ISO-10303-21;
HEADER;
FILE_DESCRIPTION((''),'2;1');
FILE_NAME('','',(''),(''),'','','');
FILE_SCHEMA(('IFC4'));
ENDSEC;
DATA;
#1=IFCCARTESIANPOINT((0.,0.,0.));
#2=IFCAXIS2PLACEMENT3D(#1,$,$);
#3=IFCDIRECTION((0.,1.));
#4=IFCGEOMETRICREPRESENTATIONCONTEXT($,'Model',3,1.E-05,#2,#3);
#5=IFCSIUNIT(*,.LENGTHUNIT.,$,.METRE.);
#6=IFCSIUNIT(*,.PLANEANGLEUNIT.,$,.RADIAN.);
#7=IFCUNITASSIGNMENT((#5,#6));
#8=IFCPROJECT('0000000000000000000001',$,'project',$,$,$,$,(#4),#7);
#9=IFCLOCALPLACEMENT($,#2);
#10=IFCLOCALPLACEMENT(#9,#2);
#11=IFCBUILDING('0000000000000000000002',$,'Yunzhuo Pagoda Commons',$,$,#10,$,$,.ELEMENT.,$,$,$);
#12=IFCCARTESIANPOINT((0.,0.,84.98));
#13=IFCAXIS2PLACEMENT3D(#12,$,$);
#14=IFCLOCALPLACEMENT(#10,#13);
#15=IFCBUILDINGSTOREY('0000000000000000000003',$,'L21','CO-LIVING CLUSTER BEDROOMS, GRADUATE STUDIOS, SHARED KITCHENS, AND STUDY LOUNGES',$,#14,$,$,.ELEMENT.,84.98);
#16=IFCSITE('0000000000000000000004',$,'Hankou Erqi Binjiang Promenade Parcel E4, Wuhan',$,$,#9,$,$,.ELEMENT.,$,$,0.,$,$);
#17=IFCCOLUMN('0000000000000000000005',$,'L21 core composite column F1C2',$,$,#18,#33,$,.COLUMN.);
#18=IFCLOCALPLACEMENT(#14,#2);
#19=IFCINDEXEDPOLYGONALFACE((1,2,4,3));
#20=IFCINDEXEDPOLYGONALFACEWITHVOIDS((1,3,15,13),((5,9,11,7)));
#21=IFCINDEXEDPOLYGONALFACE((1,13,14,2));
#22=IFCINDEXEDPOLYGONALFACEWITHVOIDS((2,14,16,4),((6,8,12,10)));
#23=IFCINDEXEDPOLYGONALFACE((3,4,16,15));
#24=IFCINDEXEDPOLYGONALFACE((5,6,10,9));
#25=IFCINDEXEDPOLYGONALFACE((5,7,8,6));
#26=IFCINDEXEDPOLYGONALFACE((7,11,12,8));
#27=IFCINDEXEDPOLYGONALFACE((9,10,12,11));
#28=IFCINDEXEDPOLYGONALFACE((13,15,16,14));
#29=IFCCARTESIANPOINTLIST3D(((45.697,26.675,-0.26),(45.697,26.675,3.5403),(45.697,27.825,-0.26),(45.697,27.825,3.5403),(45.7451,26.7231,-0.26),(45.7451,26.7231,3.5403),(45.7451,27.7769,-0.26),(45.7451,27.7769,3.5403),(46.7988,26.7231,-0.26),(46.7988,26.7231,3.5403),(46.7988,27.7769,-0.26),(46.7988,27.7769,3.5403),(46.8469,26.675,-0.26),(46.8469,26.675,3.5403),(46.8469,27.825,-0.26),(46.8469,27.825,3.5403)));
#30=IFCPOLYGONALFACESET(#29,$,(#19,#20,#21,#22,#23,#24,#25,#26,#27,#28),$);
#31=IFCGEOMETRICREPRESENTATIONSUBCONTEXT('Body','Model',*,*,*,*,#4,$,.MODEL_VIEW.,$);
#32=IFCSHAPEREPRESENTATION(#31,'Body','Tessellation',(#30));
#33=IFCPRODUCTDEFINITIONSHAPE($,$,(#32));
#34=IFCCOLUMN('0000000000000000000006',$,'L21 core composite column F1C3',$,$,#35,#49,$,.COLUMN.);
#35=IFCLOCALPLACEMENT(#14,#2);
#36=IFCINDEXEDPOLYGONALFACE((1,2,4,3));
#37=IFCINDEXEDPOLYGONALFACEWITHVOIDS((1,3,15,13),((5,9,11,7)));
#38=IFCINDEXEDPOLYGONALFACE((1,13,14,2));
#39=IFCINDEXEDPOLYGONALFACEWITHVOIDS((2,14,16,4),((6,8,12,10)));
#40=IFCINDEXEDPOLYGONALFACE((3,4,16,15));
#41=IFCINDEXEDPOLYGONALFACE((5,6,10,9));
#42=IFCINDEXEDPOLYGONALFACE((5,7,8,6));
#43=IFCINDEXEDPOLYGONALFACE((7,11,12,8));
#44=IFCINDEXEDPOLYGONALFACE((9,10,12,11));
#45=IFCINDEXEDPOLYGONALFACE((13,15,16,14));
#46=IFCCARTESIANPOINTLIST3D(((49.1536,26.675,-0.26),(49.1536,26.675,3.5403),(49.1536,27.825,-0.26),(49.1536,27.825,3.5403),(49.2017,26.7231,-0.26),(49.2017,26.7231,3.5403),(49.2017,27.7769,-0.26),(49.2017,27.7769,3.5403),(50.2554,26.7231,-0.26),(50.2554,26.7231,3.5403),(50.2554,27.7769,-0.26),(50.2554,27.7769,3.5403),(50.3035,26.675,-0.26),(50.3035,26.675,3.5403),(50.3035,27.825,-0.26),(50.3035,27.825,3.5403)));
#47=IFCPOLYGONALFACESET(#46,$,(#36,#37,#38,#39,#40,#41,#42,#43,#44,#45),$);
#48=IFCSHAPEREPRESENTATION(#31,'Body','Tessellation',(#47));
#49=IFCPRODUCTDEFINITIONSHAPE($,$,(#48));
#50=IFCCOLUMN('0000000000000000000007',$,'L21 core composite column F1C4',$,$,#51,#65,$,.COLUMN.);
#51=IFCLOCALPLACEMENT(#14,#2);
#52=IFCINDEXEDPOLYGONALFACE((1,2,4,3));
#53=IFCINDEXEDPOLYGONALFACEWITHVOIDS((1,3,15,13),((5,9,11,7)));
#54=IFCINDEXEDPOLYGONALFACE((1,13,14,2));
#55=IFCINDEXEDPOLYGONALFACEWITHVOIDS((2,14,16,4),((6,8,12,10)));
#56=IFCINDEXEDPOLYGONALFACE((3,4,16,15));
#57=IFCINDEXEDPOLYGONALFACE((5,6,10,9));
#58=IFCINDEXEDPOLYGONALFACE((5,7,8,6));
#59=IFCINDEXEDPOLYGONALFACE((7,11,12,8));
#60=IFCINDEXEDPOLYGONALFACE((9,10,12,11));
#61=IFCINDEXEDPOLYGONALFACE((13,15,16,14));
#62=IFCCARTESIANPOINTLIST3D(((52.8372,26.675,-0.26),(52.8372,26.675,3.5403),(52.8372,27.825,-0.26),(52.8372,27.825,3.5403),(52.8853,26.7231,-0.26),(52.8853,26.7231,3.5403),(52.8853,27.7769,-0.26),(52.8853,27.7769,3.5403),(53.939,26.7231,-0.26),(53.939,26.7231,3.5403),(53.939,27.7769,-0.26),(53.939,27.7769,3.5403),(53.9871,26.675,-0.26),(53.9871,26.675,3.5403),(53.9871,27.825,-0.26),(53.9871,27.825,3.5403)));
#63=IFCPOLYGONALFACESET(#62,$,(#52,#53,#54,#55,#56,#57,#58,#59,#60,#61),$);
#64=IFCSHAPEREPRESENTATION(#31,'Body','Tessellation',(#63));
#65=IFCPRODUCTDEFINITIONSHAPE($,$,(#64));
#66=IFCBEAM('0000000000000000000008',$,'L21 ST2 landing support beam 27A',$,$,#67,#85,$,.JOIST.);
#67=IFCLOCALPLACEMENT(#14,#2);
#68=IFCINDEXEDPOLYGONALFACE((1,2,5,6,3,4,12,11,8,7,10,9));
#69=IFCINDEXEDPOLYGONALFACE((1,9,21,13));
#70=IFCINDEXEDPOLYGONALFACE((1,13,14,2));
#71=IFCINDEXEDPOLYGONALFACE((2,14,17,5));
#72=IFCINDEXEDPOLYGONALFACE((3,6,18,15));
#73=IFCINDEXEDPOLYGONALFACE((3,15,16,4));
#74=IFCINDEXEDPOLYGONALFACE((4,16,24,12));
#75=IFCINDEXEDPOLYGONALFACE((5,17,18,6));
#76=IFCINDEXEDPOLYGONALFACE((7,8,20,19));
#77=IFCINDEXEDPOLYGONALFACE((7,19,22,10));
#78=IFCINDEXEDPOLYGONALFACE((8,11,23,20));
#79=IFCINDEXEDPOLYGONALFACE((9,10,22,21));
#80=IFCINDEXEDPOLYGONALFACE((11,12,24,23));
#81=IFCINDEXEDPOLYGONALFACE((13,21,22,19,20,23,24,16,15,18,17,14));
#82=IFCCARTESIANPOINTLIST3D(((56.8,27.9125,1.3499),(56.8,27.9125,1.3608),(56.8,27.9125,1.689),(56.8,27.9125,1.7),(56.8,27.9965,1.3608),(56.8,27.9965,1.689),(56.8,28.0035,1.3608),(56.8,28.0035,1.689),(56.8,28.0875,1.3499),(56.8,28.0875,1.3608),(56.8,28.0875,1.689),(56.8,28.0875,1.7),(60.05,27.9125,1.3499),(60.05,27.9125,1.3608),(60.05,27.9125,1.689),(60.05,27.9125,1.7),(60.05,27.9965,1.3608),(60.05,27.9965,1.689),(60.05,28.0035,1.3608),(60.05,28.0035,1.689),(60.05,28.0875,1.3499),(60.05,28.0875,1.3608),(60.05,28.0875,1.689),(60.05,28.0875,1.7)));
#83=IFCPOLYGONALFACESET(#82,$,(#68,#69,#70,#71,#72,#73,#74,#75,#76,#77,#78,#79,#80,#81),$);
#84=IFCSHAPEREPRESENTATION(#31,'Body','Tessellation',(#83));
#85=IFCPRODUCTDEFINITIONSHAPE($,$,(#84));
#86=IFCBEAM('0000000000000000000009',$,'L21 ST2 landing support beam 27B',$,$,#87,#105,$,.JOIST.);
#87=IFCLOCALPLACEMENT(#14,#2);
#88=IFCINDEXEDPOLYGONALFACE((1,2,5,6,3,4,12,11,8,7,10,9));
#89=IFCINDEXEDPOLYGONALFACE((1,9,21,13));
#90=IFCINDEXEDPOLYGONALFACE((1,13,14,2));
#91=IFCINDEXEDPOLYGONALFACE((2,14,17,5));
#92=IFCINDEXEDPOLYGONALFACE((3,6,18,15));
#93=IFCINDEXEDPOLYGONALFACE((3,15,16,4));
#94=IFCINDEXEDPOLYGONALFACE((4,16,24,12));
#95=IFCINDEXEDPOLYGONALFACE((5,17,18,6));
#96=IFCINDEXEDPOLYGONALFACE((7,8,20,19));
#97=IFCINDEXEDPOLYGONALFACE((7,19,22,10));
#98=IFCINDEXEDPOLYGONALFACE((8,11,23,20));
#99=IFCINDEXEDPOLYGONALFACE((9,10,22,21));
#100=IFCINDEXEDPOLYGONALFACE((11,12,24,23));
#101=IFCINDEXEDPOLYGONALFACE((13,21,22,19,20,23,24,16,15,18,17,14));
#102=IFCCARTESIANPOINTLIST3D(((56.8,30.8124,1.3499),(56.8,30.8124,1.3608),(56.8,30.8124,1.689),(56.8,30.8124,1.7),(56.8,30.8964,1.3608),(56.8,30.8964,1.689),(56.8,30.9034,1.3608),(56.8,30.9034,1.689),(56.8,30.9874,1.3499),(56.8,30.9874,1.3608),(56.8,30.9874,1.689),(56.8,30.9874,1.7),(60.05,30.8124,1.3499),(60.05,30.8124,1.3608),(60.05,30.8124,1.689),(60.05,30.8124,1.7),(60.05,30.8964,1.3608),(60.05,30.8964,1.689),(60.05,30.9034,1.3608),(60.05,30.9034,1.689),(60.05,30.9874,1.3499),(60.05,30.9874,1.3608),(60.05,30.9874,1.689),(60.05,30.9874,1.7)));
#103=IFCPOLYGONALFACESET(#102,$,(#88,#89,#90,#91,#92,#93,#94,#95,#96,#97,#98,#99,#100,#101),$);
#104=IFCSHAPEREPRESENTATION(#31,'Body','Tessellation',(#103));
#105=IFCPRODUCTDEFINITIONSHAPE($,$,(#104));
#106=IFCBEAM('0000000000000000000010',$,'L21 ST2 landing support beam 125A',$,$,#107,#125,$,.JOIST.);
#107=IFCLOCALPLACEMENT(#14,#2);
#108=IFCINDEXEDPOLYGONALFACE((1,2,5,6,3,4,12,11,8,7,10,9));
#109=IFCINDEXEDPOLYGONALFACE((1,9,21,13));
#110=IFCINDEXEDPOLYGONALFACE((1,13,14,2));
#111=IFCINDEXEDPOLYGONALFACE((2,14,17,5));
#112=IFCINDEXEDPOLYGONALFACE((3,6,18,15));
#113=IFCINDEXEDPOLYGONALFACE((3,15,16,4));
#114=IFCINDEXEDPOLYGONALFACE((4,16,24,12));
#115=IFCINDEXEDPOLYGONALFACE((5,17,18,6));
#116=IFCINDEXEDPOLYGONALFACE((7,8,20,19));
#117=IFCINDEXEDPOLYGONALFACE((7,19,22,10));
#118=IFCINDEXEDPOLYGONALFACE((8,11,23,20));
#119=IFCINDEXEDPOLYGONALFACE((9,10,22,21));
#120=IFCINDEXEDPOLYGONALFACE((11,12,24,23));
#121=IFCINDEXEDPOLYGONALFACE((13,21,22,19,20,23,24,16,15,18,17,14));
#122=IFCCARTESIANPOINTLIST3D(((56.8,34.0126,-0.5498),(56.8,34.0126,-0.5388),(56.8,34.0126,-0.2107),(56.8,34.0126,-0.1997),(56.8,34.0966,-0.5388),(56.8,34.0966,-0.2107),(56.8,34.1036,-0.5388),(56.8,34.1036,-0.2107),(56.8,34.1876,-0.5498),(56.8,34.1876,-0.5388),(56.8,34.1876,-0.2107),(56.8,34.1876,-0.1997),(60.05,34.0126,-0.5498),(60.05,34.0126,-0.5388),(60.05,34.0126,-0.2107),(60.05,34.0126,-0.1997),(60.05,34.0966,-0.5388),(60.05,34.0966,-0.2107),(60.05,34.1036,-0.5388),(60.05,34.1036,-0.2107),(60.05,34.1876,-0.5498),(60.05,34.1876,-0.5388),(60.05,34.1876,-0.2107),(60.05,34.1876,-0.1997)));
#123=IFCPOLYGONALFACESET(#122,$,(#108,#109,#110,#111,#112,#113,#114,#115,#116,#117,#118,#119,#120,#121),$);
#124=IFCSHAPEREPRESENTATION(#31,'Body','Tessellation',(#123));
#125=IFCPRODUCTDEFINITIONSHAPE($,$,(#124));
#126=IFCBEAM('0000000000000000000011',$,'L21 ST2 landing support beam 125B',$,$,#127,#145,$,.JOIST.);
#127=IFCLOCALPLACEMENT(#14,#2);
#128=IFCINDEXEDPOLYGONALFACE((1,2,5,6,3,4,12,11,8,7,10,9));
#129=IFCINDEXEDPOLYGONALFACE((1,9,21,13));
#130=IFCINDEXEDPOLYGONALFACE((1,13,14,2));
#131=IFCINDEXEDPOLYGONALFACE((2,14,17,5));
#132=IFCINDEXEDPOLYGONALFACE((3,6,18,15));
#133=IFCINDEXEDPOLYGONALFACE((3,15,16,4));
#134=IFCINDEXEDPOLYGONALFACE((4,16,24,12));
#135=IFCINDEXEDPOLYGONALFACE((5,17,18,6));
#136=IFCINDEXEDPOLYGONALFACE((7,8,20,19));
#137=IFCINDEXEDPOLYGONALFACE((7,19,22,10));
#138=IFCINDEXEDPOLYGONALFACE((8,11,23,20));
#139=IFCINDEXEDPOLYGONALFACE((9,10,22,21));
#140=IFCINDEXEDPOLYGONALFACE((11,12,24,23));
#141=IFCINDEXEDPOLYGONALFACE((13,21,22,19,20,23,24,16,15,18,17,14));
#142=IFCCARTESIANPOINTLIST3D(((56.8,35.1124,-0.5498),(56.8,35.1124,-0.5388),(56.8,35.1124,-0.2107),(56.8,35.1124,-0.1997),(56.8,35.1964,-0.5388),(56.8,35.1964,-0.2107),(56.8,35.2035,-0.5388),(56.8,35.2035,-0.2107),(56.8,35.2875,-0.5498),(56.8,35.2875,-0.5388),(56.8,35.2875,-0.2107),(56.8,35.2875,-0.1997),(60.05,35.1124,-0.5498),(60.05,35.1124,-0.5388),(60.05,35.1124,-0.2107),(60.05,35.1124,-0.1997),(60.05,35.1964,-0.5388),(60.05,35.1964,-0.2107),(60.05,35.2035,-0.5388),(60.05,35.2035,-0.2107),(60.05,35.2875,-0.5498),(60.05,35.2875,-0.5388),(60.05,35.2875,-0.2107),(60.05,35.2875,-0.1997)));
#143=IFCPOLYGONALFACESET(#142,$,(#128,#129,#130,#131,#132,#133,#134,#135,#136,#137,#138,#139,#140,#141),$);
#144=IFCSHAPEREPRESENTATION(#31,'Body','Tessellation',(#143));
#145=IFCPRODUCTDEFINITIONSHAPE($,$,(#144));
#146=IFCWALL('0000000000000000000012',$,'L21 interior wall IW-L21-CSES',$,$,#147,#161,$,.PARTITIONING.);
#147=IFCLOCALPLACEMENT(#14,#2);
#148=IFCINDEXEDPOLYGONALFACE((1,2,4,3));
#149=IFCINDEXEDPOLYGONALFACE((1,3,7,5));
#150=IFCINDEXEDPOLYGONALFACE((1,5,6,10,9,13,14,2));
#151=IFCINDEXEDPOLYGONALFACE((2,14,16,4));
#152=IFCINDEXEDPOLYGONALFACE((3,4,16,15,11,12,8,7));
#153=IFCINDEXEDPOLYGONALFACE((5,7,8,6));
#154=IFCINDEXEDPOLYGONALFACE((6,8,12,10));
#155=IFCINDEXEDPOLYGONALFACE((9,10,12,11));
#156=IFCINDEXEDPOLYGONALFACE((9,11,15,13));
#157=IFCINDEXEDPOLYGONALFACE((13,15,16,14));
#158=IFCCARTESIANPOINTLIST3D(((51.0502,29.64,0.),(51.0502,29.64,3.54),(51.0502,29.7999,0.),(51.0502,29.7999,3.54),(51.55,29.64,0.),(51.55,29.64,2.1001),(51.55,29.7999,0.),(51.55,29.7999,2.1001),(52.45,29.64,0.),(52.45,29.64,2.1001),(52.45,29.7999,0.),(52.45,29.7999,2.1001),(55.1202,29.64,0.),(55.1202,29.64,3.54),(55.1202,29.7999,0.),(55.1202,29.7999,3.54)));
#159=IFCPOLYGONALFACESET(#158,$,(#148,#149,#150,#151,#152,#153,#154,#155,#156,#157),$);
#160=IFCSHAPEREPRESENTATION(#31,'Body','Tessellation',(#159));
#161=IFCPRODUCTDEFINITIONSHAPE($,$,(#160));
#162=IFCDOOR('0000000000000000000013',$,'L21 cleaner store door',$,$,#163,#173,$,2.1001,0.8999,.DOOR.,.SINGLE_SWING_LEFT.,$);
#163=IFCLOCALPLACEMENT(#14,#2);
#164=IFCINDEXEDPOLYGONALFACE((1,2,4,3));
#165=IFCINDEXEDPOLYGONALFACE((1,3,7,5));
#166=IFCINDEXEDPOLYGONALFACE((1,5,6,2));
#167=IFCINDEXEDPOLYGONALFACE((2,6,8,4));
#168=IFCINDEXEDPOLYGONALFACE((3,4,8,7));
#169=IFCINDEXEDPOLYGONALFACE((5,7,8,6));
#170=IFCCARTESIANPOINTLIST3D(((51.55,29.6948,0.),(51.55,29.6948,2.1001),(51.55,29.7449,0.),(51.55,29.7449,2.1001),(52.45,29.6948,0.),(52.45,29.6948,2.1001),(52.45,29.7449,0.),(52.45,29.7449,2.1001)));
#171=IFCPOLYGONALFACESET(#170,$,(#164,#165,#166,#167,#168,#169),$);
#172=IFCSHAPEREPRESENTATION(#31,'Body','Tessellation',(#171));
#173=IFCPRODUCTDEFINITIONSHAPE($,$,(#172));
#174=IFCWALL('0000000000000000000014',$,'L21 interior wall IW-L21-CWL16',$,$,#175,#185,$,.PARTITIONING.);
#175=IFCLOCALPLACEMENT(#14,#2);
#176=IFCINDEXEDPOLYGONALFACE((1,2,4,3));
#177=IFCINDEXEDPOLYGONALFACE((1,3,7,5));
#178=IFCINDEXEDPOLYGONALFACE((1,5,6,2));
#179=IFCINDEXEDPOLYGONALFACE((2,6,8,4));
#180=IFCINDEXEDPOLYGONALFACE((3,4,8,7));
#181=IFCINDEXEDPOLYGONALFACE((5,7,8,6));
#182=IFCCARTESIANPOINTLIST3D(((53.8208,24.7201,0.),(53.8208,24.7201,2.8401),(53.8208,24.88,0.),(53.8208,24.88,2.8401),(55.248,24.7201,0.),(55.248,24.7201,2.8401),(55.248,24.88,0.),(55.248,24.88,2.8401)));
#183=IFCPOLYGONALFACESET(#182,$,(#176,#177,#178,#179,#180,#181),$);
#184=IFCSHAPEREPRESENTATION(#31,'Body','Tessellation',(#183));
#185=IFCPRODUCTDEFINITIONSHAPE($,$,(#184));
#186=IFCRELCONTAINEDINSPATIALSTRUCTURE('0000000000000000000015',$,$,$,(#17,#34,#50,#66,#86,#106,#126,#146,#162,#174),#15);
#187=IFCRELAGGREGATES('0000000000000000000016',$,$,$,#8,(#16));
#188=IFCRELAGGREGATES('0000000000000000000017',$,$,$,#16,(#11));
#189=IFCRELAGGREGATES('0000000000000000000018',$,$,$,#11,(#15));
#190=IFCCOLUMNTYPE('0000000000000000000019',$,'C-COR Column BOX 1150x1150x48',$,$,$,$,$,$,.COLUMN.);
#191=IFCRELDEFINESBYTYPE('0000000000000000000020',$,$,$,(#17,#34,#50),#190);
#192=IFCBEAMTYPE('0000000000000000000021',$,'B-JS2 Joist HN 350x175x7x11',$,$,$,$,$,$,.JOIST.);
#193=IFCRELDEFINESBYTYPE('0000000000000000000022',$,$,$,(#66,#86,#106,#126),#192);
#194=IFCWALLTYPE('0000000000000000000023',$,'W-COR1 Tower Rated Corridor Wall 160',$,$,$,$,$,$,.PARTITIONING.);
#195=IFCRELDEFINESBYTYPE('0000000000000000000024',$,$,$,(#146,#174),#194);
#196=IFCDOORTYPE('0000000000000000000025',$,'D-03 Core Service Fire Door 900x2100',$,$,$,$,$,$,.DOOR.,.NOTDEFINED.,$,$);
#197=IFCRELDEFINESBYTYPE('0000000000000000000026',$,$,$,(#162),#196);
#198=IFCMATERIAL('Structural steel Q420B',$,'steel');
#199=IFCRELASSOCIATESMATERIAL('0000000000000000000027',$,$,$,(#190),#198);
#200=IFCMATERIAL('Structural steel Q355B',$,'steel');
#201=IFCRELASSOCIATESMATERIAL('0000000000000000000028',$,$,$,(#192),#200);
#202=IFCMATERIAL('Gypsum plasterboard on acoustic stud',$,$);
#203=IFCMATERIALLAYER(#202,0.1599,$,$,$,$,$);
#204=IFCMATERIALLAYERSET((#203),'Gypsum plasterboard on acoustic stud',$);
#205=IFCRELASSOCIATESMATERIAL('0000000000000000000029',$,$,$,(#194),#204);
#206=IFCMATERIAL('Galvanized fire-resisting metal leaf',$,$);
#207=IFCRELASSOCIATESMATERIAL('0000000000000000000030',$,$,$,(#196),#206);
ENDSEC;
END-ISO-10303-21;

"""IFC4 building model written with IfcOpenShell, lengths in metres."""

from ifc_helpers import new_model, si_unit, direction, frame, frame_2d, origin, origin_with_axes, origin_2d, place, context, subcontext, project, spatial, rectangle, hollow_rectangle, i_section, extrude, source, transform, mapped, material, layer, layer_set, material_profile, profile_set, type_object, element, fill, save


model = new_model("IFC4")

# Units and contexts
model_context = context("Model", 3, precision=1e-05, world=origin(), true_north=direction((0.0, 1.0)))
body_context = subcontext(model_context, "Body", "Model", "MODEL_VIEW")
ifc_project = project(units=[si_unit("LENGTHUNIT", "METRE"), si_unit("PLANEANGLEUNIT", "RADIAN")], contexts=[model_context])

# Site, building, storey
site_placement = place(None, origin())
site = spatial("IfcSite", under=ifc_project, at=site_placement, Name="Hankou Erqi Binjiang Promenade Parcel E4, Wuhan", CompositionType="ELEMENT", RefElevation=0.0)
building_placement = place(site_placement, origin())
building = spatial("IfcBuilding", under=site, at=building_placement, Name="Yunzhuo Pagoda Commons", CompositionType="ELEMENT")
storey_placement = place(building_placement, frame((0.0, 0.0, 84.98)))
storey = spatial("IfcBuildingStorey", under=building, at=storey_placement, Name="L21", Description="CO-LIVING CLUSTER BEDROOMS, GRADUATE STUDIOS, SHARED KITCHENS, AND STUDY LOUNGES", CompositionType="ELEMENT", Elevation=84.98)

# Columns
ifc_material_1 = material(Name="Structural steel Q420B", Category="steel")
ifc_material_profile_1 = material_profile(ifc_material_1, hollow_rectangle(XDim=1.1499, YDim=1.1499, WallThickness=0.0481, at=origin_2d()), Name="Structural steel Q420B")
ifc_profile_set_1 = profile_set([ifc_material_profile_1], Name="Structural steel Q420B")
column_type = type_object("IfcColumnType", Name="C-COR Column BOX 1150x1150x48", PredefinedType="COLUMN", material=ifc_profile_set_1)
shared_shape_1 = source(origin(), body_context, "Body", "SweptSolid", [
    extrude(hollow_rectangle(XDim=1.1499, YDim=1.1499, WallThickness=0.0481, at=origin_2d()), origin(), (0.0, 0.0, 1.0), 3.8003),
])
for number, where, z_axis, x_axis, name in (
    (1, (46.272, 27.25, -0.26), (0.0, 0.0, 1.0), (1.0, 0.0, 0.0), "L21 core composite column F1C2"),
    (2, (49.7285, 27.25, -0.26), (0.0, 0.0, 1.0), (1.0, 0.0, 0.0), "L21 core composite column F1C3"),
    (3, (53.4121, 27.25, -0.26), (0.0, 0.0, 1.0), (1.0, 0.0, 0.0), "L21 core composite column F1C4"),
):
    element("IfcColumn", number, at=place(storey_placement, frame(where, z_axis=z_axis, x_axis=x_axis)), inside=storey, type_object=column_type, Name=name, PredefinedType="COLUMN", context=body_context, shape_type="MappedRepresentation", body=[
        mapped(shared_shape_1, transform((0.0, 0.0, 0.0), scale=1.0)),
    ])

# Beams
ifc_material_2 = material(Name="Structural steel Q355B", Category="steel")
ifc_material_profile_2 = material_profile(ifc_material_2, i_section(OverallWidth=0.175, OverallDepth=0.3501, WebThickness=0.0071, FlangeThickness=0.011, at=origin_2d()), Name="Structural steel Q355B")
ifc_profile_set_2 = profile_set([ifc_material_profile_2], Name="Structural steel Q355B")
beam_type = type_object("IfcBeamType", Name="B-JS2 Joist HN 350x175x7x11", PredefinedType="JOIST", material=ifc_profile_set_2)
shared_shape_2 = source(origin(), body_context, "Body", "SweptSolid", [
    extrude(i_section(OverallWidth=0.175, OverallDepth=0.3501, WebThickness=0.0071, FlangeThickness=0.011, at=origin_2d()), origin(), (0.0, 0.0, 1.0), 3.25),
])
for number, where, z_axis, x_axis, name in (
    (4, (56.8, 28.0, 1.5249), (1.0, 0.0, 0.0), (0.0, 1.0, 0.0), "L21 ST2 landing support beam 27A"),
    (5, (56.8, 30.8999, 1.5249), (1.0, 0.0, 0.0), (0.0, 1.0, 0.0), "L21 ST2 landing support beam 27B"),
    (6, (56.8, 34.1001, -0.3748), (1.0, 0.0, 0.0), (0.0, 1.0, 0.0), "L21 ST2 landing support beam 125A"),
    (7, (56.8, 35.2, -0.3748), (1.0, 0.0, 0.0), (0.0, 1.0, 0.0), "L21 ST2 landing support beam 125B"),
):
    element("IfcBeam", number, at=place(storey_placement, frame(where, z_axis=z_axis, x_axis=x_axis)), inside=storey, type_object=beam_type, Name=name, PredefinedType="JOIST", context=body_context, shape_type="MappedRepresentation", body=[
        mapped(shared_shape_2, transform((0.0, 0.0, 0.0), scale=1.0)),
    ])

# Wall, opening, door
ifc_material_3 = material(Name="Gypsum plasterboard on acoustic stud")
ifc_layer_1 = layer(ifc_material_3, 0.1599)
ifc_layer_set_1 = layer_set([ifc_layer_1], Name="Gypsum plasterboard on acoustic stud")
wall_type_1 = type_object("IfcWallType", Name="W-COR1 Tower Rated Corridor Wall 160", PredefinedType="PARTITIONING", material=ifc_layer_set_1)
wall_1_placement = place(storey_placement, frame((51.05, 29.72, 0.0), z_axis=(0.0, 0.0, 1.0), x_axis=(1.0, 0.0, 0.0)))
wall_1 = element("IfcWall", 8, at=wall_1_placement, inside=storey, type_object=wall_type_1, Name="L21 interior wall IW-L21-CSES", PredefinedType="PARTITIONING", context=body_context, shape_type="SweptSolid", body=[
    extrude(rectangle(XDim=4.0701, YDim=0.1599, at=frame_2d((2.0352, 0.0))), origin(), (0.0, 0.0, 1.0), 3.54),
])
opening_1_placement = place(wall_1_placement, frame((0.5, 0.0, 0.0)))
opening_1 = element("IfcOpeningElement", 9, at=opening_1_placement, cuts=wall_1, PredefinedType="OPENING", context=body_context, shape_type="SweptSolid", body=[
    extrude(rectangle(XDim=0.8999, YDim=2.1001, at=frame_2d((0.45, 1.05))), frame((0.0, 0.0898, 0.0), z_axis=(0.0, -1.0, 0.0), x_axis=(1.0, 0.0, 0.0)), (0.0, 0.0, 1.0), 0.1799),
])
ifc_material_4 = material(Name="Galvanized fire-resisting metal leaf")
door_type_1 = type_object("IfcDoorType", Name="D-03 Core Service Fire Door 900x2100", OperationType="NOTDEFINED", PredefinedType="DOOR", material=ifc_material_4)
shared_shape_3 = source(origin(), body_context, "Body", "SweptSolid", [
    extrude(rectangle(XDim=0.8999, YDim=2.1001, at=frame_2d((0.45, 1.05))), frame((0.0, 0.0249, 0.0), z_axis=(0.0, -1.0, 0.0), x_axis=(1.0, 0.0, 0.0)), (0.0, 0.0, 1.0), 0.05),
])
door_1_placement = place(opening_1_placement, origin_with_axes())
door_1 = element("IfcDoor", 10, at=door_1_placement, inside=storey, type_object=door_type_1, Name="L21 cleaner store door", OperationType="SINGLE_SWING_LEFT", OverallHeight=2.1001, OverallWidth=0.8999, PredefinedType="DOOR", context=body_context, shape_type="MappedRepresentation", body=[
    mapped(shared_shape_3, transform((0.0, 0.0, 0.0), scale=1.0)),
])
fill(opening_1, door_1)

# Wall
wall_2_placement = place(storey_placement, frame((55.248, 24.8, 0.0), z_axis=(0.0, 0.0, 1.0), x_axis=(-1.0, 0.0, 0.0)))
element("IfcWall", 11, at=wall_2_placement, inside=storey, type_object=wall_type_1, Name="L21 interior wall IW-L21-CWL16", PredefinedType="PARTITIONING", context=body_context, shape_type="SweptSolid", body=[
    extrude(rectangle(XDim=1.4272, YDim=0.1599, at=frame_2d((0.7136, 0.0))), origin(), (0.0, 0.0, 1.0), 2.8401),
])

save(model, "model.ifc")
